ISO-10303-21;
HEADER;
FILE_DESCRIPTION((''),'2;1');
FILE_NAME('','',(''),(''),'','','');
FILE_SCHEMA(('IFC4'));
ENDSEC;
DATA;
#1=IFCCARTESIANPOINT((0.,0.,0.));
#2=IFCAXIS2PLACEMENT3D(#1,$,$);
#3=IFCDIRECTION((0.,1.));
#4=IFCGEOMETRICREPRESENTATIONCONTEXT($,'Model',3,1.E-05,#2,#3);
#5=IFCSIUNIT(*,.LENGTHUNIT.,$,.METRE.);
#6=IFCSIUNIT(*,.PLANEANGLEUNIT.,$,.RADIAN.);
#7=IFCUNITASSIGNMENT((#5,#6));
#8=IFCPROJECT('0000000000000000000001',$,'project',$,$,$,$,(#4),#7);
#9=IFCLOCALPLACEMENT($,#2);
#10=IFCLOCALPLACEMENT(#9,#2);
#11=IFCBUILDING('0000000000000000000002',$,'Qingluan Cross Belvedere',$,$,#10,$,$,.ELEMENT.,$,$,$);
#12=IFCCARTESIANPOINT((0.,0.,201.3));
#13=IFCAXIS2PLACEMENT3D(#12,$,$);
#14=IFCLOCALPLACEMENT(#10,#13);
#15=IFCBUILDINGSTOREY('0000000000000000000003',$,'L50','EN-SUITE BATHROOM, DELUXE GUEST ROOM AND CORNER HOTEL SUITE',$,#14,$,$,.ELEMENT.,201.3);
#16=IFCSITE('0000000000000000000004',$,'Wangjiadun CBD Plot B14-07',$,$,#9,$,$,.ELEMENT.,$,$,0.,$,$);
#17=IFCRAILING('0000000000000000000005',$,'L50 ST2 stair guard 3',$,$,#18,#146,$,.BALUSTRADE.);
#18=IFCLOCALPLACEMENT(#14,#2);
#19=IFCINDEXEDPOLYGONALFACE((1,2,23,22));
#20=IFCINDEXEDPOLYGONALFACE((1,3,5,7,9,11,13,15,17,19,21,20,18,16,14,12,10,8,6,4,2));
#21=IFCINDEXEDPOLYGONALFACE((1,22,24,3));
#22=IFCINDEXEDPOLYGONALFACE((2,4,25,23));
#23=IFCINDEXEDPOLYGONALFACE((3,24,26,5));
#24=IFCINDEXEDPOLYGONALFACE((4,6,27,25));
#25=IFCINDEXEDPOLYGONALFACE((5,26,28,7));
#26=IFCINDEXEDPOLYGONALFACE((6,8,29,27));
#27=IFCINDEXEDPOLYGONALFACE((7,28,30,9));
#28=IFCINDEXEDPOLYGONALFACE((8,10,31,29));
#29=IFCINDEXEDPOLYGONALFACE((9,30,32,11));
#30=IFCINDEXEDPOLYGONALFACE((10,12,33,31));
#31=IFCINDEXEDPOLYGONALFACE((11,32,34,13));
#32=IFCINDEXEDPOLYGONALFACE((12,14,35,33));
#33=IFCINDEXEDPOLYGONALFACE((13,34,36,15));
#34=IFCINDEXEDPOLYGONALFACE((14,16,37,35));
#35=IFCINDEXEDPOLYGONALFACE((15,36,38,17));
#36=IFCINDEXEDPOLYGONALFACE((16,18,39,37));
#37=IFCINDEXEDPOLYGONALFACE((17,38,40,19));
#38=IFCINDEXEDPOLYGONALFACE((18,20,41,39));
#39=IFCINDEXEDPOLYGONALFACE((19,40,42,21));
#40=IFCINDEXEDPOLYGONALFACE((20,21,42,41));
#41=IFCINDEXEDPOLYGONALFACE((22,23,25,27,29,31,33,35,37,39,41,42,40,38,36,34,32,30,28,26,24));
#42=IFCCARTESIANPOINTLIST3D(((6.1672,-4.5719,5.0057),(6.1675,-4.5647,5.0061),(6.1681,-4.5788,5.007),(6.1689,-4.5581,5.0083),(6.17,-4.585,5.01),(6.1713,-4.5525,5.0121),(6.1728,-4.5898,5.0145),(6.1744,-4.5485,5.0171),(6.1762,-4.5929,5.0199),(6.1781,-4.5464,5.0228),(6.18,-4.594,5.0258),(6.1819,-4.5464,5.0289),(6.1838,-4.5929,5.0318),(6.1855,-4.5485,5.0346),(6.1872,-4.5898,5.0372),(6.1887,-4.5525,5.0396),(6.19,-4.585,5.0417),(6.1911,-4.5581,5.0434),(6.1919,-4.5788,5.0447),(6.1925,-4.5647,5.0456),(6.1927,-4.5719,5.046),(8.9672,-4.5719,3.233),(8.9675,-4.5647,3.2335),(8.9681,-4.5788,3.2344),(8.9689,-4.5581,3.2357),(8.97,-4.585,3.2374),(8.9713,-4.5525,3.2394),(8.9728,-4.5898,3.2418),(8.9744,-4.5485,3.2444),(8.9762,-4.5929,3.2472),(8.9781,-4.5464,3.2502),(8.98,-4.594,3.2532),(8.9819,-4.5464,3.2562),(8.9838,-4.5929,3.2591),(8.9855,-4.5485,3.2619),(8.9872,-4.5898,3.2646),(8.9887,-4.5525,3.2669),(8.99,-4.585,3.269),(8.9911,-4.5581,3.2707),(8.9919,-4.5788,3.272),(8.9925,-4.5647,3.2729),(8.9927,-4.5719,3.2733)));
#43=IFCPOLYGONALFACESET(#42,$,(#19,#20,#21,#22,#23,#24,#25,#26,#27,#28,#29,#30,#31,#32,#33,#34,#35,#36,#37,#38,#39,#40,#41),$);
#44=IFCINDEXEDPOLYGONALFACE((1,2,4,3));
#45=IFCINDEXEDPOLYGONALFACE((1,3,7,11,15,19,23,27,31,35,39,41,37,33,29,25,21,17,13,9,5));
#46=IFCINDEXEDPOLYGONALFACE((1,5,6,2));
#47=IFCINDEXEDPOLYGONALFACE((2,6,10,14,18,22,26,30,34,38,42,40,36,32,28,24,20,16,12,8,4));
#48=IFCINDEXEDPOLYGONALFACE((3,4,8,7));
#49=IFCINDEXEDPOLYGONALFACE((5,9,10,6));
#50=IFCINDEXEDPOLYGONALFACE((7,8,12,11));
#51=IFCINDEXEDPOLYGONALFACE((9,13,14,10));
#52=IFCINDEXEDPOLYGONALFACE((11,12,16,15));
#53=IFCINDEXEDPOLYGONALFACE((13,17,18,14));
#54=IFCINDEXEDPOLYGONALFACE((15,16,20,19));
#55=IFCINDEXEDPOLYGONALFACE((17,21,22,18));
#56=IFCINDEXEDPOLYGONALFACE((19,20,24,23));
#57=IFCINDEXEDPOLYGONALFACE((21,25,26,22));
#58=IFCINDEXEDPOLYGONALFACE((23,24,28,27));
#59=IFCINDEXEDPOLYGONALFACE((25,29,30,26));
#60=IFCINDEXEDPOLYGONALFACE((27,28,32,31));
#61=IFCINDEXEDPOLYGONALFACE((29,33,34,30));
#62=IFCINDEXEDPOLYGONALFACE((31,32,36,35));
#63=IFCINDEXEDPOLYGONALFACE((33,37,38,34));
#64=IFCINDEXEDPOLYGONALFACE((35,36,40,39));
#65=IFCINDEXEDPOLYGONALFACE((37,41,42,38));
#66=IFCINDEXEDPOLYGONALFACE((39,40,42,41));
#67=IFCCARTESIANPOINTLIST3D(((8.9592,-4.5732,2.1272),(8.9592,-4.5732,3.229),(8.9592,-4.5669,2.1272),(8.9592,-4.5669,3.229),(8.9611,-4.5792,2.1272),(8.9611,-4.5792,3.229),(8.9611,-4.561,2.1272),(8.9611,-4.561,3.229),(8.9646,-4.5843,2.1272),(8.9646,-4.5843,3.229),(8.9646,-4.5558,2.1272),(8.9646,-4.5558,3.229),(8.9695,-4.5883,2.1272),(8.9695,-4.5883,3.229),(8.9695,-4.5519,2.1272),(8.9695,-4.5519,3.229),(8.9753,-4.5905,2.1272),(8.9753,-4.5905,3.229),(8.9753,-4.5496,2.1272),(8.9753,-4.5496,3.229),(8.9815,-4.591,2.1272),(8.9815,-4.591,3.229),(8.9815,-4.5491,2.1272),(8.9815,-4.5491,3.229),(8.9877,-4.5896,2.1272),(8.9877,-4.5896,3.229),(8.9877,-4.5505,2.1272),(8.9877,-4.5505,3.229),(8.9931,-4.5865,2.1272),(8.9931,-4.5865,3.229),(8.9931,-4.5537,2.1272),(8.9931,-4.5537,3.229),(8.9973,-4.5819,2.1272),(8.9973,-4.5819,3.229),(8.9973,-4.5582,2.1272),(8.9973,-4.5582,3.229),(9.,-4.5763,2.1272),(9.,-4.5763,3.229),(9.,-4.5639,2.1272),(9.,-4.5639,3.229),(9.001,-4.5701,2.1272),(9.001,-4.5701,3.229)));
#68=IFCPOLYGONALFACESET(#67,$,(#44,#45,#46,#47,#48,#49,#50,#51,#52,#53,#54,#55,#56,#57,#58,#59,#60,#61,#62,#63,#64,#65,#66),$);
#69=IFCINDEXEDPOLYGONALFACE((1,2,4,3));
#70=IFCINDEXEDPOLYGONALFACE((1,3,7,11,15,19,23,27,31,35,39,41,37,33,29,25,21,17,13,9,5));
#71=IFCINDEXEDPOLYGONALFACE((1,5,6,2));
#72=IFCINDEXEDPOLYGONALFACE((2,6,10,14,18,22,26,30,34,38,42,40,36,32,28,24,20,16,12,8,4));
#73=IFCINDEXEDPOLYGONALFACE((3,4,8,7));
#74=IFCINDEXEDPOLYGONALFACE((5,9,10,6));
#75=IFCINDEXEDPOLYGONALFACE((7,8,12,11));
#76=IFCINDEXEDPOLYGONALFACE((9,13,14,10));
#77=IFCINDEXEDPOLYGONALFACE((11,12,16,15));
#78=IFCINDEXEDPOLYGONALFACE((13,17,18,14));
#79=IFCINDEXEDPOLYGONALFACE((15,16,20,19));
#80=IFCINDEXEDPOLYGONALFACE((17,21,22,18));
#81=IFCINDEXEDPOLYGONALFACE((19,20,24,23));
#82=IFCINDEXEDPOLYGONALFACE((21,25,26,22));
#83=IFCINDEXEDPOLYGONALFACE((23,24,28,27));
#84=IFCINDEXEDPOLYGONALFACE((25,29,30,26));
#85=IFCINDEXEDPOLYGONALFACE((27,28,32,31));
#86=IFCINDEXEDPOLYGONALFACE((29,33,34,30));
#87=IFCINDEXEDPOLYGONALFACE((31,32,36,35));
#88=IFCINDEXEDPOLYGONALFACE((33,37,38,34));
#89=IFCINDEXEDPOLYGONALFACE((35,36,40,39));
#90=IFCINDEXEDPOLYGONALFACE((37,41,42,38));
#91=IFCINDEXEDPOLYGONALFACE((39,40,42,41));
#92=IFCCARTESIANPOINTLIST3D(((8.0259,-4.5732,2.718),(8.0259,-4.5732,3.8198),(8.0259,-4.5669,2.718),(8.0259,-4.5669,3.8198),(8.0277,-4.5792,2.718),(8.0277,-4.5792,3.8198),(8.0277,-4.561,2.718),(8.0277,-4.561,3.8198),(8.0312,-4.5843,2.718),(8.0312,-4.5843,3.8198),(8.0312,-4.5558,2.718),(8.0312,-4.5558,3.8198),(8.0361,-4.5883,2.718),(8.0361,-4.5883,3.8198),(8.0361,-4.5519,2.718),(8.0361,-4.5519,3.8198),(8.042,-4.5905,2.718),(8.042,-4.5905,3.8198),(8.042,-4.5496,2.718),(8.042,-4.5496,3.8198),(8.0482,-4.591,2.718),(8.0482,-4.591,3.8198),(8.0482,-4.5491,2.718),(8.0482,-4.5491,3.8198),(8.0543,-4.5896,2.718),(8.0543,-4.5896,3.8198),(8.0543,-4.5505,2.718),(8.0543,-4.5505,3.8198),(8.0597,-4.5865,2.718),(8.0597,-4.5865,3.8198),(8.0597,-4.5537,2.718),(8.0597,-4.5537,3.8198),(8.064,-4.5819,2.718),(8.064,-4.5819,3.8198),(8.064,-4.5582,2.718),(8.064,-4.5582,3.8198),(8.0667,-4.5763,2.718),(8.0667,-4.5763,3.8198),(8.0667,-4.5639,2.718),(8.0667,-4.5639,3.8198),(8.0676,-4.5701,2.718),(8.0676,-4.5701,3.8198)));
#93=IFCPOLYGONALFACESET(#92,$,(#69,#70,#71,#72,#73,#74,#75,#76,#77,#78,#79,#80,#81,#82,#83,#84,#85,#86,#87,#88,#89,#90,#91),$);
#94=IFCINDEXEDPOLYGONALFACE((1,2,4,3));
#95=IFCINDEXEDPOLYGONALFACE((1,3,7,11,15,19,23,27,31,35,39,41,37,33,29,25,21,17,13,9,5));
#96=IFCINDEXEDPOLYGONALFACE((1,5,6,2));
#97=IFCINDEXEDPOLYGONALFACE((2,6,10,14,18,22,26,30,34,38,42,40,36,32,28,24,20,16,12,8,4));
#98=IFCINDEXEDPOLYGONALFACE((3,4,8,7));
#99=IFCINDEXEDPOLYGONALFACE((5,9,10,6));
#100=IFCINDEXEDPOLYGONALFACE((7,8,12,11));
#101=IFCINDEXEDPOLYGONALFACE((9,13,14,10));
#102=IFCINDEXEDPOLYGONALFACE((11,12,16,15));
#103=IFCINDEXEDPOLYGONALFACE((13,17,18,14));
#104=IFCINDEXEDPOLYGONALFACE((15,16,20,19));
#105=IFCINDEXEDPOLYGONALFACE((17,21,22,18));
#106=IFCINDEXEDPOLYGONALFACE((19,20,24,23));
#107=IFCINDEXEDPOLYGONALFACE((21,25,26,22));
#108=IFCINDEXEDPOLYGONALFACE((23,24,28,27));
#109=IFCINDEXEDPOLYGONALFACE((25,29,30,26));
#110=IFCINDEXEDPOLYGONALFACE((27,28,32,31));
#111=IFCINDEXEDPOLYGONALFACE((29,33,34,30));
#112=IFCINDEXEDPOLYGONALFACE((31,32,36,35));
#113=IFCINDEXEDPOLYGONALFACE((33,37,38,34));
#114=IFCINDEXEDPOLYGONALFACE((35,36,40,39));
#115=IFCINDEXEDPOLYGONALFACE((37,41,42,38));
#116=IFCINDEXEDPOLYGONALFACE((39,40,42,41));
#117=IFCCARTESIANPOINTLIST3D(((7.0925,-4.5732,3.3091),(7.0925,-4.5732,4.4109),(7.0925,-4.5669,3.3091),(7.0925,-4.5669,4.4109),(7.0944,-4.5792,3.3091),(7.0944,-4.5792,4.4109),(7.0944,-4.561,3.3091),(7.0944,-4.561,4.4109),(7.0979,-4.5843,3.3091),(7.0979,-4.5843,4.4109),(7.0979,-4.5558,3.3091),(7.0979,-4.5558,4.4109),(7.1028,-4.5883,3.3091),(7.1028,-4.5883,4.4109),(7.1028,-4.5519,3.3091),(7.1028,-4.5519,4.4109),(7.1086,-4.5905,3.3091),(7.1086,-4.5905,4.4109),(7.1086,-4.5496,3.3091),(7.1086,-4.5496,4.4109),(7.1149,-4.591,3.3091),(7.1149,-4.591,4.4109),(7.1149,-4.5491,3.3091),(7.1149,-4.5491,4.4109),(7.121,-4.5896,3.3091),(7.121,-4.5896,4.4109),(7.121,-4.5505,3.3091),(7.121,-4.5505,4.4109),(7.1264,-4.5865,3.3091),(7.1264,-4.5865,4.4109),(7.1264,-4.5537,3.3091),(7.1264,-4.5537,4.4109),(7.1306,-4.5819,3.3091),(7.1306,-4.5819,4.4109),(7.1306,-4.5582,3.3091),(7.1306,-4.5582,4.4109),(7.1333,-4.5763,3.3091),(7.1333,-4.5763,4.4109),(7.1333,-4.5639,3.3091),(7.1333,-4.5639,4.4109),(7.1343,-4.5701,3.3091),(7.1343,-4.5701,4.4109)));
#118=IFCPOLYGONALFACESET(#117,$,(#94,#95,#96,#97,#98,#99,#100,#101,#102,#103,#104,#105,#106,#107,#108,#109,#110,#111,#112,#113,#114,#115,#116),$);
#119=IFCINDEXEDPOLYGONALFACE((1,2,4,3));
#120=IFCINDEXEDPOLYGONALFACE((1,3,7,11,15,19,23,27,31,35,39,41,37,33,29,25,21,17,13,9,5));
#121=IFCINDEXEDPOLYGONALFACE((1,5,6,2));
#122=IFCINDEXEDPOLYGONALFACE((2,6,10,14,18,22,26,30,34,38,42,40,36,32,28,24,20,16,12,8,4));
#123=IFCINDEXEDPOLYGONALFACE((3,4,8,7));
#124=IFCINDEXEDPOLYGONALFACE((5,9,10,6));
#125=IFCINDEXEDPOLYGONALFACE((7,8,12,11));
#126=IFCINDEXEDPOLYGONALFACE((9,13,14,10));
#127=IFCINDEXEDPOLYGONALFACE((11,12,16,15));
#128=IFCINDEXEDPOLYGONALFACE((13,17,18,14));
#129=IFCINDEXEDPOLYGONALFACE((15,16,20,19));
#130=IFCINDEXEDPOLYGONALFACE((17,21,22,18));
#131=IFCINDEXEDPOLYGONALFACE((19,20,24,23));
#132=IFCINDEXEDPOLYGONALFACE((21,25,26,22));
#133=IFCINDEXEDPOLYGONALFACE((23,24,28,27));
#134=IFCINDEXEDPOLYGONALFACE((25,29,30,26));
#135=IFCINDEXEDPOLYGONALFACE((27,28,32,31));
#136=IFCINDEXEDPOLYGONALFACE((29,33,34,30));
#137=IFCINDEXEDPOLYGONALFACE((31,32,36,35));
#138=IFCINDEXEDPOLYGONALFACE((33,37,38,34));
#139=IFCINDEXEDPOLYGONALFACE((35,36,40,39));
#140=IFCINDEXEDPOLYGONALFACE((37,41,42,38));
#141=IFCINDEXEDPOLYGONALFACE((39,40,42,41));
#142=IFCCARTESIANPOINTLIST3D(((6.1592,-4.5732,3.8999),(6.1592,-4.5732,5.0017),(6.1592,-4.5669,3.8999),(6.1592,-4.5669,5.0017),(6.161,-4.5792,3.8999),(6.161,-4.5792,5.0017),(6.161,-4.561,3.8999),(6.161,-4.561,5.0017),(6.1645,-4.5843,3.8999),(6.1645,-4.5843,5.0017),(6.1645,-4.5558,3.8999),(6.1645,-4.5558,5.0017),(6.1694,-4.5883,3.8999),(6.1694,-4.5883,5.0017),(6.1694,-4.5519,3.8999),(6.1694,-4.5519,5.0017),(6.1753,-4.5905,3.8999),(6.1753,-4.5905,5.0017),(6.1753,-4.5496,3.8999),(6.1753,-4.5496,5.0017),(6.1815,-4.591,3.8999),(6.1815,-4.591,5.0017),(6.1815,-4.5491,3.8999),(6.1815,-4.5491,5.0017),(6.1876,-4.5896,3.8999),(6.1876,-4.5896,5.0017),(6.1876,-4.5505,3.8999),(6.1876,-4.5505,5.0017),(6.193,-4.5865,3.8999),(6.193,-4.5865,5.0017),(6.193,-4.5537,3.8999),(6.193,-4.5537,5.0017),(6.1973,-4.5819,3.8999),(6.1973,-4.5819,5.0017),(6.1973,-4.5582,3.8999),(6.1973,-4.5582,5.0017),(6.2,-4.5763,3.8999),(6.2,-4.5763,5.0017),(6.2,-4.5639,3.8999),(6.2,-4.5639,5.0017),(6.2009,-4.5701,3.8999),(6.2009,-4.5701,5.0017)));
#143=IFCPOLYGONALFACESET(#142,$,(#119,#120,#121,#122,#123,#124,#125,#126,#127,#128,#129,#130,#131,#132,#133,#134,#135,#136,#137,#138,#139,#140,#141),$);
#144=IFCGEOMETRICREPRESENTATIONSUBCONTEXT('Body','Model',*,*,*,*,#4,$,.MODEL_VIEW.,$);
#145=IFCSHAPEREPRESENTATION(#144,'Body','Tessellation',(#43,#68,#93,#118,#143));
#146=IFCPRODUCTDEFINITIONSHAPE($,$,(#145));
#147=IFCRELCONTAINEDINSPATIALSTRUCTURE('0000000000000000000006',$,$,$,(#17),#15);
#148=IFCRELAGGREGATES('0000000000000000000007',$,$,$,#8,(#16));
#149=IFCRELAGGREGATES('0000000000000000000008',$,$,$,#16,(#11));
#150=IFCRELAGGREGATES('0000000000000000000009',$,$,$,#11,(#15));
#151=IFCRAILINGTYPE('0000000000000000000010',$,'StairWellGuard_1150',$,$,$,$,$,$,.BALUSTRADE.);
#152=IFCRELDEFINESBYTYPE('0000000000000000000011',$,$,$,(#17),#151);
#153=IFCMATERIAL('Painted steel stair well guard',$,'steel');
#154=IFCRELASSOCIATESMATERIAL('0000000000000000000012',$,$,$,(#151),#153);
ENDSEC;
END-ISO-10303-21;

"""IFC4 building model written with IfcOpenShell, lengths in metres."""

from ifc_helpers import new_model, si_unit, direction, frame, origin, origin_2d, place, context, subcontext, project, spatial, circle, extrude, material, type_object, element, save


model = new_model("IFC4")

# Units and contexts
model_context = context("Model", 3, precision=1e-05, world=origin(), true_north=direction((0.0, 1.0)))
body_context = subcontext(model_context, "Body", "Model", "MODEL_VIEW")
ifc_project = project(units=[si_unit("LENGTHUNIT", "METRE"), si_unit("PLANEANGLEUNIT", "RADIAN")], contexts=[model_context])

# Site, building, storey
site_placement = place(None, origin())
site = spatial("IfcSite", under=ifc_project, at=site_placement, Name="Wangjiadun CBD Plot B14-07", CompositionType="ELEMENT", RefElevation=0.0)
building_placement = place(site_placement, origin())
building = spatial("IfcBuilding", under=site, at=building_placement, Name="Qingluan Cross Belvedere", CompositionType="ELEMENT")
storey_placement = place(building_placement, frame((0.0, 0.0, 201.3)))
storey = spatial("IfcBuildingStorey", under=building, at=storey_placement, Name="L50", Description="EN-SUITE BATHROOM, DELUXE GUEST ROOM AND CORNER HOTEL SUITE", CompositionType="ELEMENT", Elevation=201.3)

# Railing
ifc_material_1 = material(Name="Painted steel stair well guard", Category="steel")
railing_type_1 = type_object("IfcRailingType", Name="StairWellGuard_1150", PredefinedType="BALUSTRADE", material=ifc_material_1)
railing_1_placement = place(storey_placement, frame((8.98, -4.5701, 2.1272)))
element("IfcRailing", 1, at=railing_1_placement, inside=storey, type_object=railing_type_1, Name="L50 ST2 stair guard 3", PredefinedType="BALUSTRADE", context=body_context, shape_type="SweptSolid", body=[
    extrude(circle(Radius=0.0239, at=origin_2d()), frame((0.0, 0.0, 1.126), z_axis=(-0.844909, 0.0, 0.53491), x_axis=(0.0, -1.0, 0.0)), (0.0, 0.0, 1.0), 3.314),
    extrude(circle(Radius=0.021, at=origin_2d()), origin(), (0.0, 0.0, 1.0), 1.1018),
    extrude(circle(Radius=0.021, at=origin_2d()), frame((-0.9333, 0.0, 0.5908)), (0.0, 0.0, 1.0), 1.1018),
    extrude(circle(Radius=0.021, at=origin_2d()), frame((-1.8667, 0.0, 1.1819)), (0.0, 0.0, 1.0), 1.1018),
    extrude(circle(Radius=0.021, at=origin_2d()), frame((-2.8, 0.0, 1.7727)), (0.0, 0.0, 1.0), 1.1018),
])

save(model, "model.ifc")
